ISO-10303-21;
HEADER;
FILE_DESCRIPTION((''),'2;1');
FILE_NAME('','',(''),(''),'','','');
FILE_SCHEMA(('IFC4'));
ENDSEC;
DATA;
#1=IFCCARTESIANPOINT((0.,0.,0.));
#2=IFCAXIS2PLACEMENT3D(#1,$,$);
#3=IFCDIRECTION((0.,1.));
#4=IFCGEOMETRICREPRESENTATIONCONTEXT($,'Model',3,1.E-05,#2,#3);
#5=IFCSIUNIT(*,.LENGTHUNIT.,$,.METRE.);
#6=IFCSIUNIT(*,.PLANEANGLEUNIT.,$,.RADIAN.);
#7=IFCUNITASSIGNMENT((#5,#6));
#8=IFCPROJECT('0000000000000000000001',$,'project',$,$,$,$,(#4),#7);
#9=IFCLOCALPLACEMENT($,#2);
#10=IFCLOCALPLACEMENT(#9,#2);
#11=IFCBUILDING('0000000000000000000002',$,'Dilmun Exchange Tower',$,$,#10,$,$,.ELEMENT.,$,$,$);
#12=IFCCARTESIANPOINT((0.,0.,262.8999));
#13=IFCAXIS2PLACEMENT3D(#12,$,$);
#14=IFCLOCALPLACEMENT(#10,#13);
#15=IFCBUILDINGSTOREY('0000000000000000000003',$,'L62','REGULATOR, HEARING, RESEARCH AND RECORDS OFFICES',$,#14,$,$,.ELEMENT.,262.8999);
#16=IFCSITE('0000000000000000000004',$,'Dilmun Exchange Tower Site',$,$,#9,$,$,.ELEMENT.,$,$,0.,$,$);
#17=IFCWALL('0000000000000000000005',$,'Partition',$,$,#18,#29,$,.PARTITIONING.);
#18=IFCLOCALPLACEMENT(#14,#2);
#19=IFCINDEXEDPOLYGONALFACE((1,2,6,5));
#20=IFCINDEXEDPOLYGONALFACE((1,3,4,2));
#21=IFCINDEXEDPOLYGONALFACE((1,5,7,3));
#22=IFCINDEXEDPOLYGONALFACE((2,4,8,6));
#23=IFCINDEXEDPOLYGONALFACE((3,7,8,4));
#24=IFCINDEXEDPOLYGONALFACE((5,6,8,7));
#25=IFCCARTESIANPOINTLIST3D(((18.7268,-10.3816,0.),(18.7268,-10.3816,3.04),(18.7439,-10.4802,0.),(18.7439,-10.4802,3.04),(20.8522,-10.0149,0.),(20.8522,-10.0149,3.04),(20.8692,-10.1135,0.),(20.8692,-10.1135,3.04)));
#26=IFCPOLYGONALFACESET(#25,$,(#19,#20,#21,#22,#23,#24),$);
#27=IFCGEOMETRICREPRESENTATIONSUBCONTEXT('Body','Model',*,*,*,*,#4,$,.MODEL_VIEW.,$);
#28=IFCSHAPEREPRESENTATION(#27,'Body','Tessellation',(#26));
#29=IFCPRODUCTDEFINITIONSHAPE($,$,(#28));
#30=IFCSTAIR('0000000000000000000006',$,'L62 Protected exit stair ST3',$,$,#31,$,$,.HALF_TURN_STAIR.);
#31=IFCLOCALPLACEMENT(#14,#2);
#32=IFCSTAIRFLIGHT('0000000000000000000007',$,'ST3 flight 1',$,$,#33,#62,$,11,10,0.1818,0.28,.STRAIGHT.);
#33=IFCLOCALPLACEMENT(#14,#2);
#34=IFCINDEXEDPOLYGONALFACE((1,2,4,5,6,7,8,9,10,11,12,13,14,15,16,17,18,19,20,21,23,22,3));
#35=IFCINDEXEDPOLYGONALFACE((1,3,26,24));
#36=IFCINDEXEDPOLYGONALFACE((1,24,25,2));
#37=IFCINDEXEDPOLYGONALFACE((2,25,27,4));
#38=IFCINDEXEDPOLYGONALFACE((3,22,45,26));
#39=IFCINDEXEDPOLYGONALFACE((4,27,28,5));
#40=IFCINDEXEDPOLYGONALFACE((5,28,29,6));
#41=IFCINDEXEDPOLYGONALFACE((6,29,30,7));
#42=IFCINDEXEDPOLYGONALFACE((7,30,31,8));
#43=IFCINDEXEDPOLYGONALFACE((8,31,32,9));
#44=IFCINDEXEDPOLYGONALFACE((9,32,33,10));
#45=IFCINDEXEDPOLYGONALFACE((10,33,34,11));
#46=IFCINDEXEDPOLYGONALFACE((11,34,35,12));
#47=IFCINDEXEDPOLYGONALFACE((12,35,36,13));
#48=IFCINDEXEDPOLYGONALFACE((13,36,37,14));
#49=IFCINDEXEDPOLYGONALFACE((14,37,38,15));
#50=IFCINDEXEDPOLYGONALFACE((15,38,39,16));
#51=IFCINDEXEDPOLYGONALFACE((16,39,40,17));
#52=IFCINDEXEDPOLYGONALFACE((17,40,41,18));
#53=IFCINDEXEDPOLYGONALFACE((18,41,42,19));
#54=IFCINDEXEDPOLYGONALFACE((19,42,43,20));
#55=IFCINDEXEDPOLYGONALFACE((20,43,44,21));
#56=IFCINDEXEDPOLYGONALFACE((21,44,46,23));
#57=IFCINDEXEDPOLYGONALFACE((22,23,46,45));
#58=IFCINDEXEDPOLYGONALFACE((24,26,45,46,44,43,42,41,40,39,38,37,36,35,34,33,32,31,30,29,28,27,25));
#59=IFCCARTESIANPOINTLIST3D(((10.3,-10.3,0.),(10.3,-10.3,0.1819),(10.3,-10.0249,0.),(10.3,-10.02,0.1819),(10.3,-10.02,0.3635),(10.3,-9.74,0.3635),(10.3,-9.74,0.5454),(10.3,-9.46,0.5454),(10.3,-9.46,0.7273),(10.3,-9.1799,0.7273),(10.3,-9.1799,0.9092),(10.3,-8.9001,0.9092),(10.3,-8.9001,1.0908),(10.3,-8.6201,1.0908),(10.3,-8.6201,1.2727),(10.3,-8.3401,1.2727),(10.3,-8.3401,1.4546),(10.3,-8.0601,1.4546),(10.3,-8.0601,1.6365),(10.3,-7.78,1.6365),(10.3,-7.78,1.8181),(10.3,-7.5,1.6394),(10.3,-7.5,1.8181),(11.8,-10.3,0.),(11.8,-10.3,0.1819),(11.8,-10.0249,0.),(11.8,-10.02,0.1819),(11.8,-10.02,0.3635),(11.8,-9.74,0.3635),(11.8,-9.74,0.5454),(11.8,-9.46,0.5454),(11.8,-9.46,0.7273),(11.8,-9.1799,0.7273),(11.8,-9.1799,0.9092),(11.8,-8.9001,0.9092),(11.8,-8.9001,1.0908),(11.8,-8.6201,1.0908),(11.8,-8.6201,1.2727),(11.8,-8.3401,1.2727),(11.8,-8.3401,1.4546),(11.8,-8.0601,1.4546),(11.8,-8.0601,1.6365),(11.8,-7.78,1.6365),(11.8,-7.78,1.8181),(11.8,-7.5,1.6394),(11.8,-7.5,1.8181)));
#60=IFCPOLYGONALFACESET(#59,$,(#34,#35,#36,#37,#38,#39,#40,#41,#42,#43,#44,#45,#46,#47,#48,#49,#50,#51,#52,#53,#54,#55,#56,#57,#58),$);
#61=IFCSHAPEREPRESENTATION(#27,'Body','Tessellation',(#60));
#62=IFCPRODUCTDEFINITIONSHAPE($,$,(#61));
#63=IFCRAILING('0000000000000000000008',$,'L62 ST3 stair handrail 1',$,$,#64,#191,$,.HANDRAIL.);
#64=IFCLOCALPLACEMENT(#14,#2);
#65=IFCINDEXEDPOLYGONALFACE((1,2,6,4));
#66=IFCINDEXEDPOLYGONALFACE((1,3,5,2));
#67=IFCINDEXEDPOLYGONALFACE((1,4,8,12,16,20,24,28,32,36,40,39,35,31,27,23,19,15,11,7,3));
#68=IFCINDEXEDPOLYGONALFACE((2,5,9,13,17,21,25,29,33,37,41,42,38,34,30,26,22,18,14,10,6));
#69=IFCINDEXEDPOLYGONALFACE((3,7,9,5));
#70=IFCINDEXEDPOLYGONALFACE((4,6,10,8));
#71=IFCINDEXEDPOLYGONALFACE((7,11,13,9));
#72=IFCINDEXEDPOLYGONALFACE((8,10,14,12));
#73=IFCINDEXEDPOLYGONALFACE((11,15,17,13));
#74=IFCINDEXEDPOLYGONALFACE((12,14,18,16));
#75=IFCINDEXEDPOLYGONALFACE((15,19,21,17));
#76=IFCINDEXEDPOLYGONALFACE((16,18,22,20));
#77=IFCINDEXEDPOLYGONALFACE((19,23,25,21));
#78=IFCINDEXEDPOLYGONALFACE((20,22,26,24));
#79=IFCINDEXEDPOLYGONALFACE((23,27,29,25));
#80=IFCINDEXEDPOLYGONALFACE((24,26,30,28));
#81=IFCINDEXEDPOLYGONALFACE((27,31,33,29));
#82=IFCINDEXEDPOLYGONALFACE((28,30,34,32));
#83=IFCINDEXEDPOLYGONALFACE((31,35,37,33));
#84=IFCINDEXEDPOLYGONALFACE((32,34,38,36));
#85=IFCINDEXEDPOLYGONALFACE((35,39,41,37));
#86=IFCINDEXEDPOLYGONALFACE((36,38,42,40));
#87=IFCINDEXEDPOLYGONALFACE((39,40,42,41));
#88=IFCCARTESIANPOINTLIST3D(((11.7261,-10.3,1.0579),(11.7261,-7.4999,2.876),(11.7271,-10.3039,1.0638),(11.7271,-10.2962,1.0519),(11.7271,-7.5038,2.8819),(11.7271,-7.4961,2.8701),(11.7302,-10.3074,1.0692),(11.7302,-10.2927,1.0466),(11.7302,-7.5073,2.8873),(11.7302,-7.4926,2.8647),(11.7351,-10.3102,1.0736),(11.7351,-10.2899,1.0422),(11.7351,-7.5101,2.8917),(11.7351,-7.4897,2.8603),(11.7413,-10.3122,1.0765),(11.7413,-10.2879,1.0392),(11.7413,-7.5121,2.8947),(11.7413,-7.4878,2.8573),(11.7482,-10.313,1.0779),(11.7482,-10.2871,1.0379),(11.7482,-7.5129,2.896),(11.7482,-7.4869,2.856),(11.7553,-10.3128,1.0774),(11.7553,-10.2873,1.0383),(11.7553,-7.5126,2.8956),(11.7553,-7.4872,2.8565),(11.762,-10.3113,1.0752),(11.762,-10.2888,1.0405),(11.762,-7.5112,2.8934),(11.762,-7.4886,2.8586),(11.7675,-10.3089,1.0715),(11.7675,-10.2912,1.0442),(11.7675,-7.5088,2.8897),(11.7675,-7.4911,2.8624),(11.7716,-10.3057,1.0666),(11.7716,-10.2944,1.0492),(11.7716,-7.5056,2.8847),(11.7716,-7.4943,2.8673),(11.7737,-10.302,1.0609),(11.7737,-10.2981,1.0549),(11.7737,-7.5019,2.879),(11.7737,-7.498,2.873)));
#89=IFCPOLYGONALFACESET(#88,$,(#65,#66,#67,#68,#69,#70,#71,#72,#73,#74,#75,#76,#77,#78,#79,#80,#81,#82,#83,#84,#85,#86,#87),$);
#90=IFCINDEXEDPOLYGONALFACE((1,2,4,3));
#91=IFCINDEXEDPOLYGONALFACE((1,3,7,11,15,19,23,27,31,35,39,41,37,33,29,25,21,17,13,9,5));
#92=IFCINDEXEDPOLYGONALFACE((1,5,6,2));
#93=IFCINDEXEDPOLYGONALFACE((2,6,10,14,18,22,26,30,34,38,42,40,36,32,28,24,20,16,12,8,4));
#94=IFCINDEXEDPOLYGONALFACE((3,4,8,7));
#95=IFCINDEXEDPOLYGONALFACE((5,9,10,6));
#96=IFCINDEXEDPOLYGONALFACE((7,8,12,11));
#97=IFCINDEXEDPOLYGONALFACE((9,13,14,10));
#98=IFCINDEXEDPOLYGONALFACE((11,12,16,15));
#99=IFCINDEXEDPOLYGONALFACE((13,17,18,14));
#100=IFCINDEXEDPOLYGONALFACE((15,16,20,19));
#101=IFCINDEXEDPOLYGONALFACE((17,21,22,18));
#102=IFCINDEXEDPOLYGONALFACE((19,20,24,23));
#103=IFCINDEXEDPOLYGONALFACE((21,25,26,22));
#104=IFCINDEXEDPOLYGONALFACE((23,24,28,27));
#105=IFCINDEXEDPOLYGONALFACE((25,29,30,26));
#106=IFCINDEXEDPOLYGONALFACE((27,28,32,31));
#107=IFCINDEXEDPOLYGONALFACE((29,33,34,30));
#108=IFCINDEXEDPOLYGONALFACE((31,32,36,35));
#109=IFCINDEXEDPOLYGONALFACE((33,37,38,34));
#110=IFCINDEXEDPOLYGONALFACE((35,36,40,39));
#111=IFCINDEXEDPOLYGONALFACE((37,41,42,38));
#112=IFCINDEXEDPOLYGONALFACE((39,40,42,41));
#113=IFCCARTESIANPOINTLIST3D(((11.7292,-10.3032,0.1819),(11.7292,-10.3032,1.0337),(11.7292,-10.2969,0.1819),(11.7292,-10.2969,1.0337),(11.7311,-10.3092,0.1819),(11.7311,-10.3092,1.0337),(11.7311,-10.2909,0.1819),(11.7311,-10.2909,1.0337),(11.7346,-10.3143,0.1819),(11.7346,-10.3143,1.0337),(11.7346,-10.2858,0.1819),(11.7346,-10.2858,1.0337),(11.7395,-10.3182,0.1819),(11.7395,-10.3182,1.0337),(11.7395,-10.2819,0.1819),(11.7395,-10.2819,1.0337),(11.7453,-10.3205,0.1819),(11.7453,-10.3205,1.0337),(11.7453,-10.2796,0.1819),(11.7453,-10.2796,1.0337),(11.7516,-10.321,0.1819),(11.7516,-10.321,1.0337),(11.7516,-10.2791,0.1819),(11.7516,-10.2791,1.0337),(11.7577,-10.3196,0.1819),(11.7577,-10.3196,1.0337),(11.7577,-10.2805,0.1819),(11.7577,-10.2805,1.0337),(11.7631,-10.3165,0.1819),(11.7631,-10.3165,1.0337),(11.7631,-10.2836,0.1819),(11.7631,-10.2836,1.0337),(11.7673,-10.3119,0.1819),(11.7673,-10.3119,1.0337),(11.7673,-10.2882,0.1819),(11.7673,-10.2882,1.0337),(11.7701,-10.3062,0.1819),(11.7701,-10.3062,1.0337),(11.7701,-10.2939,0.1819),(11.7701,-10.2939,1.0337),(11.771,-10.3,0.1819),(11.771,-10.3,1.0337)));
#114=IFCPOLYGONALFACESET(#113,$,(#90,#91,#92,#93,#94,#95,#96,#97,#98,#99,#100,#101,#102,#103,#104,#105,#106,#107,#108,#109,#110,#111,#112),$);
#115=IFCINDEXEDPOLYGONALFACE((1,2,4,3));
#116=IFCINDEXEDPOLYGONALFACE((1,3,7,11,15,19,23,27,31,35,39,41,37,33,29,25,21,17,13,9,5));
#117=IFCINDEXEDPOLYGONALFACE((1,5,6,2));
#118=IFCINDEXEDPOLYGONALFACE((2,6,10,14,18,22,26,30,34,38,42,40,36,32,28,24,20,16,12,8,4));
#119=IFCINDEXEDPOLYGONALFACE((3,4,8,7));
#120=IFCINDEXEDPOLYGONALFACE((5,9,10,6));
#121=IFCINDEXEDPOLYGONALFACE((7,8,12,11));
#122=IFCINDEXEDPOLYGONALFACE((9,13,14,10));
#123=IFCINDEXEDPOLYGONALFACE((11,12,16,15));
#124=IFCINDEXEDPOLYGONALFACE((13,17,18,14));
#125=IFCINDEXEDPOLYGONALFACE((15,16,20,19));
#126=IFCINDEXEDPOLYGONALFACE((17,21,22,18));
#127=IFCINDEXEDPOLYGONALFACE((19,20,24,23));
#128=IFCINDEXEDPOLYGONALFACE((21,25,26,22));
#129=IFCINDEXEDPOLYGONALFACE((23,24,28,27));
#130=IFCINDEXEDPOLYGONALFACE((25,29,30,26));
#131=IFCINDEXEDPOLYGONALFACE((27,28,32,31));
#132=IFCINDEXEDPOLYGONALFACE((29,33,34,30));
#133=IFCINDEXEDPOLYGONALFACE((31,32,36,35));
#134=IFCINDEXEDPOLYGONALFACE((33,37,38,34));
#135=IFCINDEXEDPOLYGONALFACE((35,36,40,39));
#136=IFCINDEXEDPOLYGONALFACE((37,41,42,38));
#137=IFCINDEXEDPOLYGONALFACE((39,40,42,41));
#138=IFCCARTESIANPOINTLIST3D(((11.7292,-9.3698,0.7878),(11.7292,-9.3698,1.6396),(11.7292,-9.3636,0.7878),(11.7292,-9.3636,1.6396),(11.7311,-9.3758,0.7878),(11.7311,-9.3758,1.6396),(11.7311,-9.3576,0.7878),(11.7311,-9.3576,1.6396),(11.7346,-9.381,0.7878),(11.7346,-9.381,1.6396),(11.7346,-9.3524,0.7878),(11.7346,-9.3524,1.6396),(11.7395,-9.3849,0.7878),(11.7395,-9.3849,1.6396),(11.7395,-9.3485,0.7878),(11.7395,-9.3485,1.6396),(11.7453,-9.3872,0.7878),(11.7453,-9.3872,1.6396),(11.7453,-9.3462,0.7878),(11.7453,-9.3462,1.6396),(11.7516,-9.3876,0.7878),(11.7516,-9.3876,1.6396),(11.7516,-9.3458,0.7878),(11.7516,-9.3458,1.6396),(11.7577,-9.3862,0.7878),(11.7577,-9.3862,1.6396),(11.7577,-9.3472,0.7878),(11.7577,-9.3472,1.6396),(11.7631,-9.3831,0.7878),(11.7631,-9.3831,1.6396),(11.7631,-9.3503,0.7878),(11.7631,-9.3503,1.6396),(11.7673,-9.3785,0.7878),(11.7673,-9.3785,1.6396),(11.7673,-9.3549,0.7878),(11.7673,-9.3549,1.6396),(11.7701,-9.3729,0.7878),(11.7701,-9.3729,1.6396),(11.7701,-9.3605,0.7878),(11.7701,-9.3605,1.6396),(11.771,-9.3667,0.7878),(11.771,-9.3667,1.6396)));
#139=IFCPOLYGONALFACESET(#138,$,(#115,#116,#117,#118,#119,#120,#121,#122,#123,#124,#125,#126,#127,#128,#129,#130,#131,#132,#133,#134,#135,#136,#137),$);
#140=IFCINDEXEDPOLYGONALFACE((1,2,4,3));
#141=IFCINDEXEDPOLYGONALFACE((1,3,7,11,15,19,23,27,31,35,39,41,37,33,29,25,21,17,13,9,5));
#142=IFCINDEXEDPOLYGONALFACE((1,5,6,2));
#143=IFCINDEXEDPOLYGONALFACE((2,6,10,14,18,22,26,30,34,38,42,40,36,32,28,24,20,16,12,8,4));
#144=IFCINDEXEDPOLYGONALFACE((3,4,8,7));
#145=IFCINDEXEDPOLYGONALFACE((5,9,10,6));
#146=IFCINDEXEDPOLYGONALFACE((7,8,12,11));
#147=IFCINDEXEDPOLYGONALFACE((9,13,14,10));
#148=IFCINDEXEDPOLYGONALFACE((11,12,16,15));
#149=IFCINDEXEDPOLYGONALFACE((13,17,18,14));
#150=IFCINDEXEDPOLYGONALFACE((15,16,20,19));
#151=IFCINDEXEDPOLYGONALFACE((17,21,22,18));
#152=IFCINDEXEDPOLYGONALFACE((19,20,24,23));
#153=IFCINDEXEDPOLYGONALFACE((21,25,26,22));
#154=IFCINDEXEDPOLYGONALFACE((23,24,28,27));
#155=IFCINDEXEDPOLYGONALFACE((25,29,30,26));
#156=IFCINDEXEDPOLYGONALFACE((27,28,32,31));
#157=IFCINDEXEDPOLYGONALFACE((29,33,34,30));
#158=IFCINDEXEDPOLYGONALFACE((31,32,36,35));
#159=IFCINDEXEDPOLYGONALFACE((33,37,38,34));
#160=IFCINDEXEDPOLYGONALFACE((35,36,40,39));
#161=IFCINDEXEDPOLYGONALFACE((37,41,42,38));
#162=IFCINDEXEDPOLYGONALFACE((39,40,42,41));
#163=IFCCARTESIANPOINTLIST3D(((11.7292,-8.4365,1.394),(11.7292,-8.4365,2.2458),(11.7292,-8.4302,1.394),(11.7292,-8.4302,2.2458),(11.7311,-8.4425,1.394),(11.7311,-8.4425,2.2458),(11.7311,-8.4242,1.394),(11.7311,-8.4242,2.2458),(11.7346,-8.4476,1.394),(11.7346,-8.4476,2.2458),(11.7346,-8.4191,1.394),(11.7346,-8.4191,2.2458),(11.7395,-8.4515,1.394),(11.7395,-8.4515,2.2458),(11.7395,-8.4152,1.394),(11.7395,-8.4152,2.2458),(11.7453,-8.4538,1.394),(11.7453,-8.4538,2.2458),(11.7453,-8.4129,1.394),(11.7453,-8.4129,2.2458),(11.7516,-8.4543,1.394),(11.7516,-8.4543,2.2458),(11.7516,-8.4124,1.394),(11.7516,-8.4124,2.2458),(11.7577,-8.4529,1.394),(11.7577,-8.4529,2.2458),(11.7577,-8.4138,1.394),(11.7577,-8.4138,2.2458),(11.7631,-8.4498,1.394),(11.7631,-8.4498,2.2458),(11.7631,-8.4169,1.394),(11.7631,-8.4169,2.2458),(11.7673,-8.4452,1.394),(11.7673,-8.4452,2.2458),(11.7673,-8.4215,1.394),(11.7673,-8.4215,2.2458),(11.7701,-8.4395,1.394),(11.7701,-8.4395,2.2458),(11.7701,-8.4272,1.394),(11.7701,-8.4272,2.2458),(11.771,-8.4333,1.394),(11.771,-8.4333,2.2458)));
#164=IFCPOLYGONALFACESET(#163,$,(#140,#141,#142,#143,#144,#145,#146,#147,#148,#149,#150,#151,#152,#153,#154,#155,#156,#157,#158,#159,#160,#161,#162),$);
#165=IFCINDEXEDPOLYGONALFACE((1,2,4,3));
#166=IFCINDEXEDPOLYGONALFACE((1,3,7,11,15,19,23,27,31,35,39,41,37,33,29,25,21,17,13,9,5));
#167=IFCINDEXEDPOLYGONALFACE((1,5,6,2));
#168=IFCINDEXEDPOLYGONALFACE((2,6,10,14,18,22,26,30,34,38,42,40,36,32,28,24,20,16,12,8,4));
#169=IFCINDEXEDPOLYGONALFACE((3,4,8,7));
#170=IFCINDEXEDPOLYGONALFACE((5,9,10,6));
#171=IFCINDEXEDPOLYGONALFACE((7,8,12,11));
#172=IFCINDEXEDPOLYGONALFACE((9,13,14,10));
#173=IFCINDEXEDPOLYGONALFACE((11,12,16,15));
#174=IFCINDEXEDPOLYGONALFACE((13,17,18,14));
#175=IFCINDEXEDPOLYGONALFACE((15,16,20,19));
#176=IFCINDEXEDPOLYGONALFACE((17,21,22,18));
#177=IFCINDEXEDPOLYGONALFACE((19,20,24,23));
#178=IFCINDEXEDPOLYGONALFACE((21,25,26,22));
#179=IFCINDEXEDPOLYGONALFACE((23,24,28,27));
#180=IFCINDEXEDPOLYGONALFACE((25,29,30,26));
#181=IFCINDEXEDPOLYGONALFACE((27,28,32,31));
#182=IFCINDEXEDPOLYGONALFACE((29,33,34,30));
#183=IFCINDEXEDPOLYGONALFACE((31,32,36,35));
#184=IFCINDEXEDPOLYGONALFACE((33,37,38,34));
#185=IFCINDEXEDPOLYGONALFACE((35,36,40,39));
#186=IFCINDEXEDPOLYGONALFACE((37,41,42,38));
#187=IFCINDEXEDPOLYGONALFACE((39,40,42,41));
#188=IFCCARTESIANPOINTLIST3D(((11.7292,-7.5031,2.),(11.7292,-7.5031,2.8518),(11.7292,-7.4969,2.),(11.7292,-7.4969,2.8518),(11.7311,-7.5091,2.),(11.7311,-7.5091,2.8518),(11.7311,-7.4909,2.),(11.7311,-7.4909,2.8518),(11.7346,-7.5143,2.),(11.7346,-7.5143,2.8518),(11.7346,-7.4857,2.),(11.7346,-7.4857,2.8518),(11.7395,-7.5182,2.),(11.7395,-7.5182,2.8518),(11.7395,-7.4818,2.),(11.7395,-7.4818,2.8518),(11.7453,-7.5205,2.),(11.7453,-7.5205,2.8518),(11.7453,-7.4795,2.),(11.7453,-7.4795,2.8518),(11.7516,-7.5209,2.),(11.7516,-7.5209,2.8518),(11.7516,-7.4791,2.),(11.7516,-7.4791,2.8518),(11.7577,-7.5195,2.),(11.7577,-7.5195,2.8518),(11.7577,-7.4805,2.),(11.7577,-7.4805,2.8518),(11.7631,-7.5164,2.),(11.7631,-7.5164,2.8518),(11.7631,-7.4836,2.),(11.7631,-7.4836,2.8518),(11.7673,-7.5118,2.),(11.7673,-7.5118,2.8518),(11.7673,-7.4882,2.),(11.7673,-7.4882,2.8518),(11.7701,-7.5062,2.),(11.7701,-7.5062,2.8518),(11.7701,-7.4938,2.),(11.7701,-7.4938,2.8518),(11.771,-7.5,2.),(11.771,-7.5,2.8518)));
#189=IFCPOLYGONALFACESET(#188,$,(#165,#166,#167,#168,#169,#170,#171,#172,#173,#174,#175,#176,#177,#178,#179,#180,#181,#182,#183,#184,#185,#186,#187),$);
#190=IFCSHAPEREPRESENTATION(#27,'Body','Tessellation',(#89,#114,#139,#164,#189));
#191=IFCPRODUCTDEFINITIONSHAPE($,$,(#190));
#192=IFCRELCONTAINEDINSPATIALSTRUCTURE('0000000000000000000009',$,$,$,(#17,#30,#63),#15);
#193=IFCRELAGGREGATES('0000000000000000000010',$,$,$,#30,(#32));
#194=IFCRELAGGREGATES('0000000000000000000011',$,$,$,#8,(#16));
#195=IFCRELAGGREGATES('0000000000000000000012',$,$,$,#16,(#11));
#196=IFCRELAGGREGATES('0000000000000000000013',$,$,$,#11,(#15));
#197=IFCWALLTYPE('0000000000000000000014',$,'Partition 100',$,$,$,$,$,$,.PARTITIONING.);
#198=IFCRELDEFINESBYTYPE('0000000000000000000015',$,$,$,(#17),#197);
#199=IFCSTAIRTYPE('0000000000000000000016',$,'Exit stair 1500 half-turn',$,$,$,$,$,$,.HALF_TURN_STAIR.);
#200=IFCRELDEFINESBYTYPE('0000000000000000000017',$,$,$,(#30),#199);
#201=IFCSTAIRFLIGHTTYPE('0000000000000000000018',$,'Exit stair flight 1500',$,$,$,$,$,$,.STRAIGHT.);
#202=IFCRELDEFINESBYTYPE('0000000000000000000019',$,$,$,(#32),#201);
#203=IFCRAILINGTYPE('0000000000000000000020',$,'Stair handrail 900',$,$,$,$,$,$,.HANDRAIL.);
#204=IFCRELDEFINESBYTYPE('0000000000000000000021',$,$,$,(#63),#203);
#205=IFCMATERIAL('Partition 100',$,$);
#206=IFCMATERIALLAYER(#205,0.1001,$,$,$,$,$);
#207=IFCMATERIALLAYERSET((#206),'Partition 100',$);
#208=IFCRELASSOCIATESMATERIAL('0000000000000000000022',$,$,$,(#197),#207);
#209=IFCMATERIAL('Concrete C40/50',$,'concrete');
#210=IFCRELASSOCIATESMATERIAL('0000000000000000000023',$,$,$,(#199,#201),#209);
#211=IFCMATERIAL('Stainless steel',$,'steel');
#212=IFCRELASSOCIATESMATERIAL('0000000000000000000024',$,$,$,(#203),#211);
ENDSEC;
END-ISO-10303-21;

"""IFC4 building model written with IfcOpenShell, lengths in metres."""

from ifc_helpers import new_model, si_unit, direction, frame, frame_2d, origin, origin_2d, place, context, subcontext, project, spatial, polyline, rectangle, circle, outline, extrude, material, layer, layer_set, type_object, element, aggregate, save


model = new_model("IFC4")

# Units and contexts
model_context = context("Model", 3, precision=1e-05, world=origin(), true_north=direction((0.0, 1.0)))
body_context = subcontext(model_context, "Body", "Model", "MODEL_VIEW")
ifc_project = project(units=[si_unit("LENGTHUNIT", "METRE"), si_unit("PLANEANGLEUNIT", "RADIAN")], contexts=[model_context])

# Site, building, storey
site_placement = place(None, origin())
site = spatial("IfcSite", under=ifc_project, at=site_placement, Name="Dilmun Exchange Tower Site", CompositionType="ELEMENT", RefElevation=0.0)
building_placement = place(site_placement, origin())
building = spatial("IfcBuilding", under=site, at=building_placement, Name="Dilmun Exchange Tower", CompositionType="ELEMENT")
storey_placement = place(building_placement, frame((0.0, 0.0, 262.8999)))
storey = spatial("IfcBuildingStorey", under=building, at=storey_placement, Name="L62", Description="REGULATOR, HEARING, RESEARCH AND RECORDS OFFICES", CompositionType="ELEMENT", Elevation=262.8999)

# Shared definitions
ifc_material_1 = material(Name="Concrete C40/50", Category="concrete")

# Wall
ifc_material_2 = material(Name="Partition 100")
ifc_layer_1 = layer(ifc_material_2, 0.1001)
ifc_layer_set_1 = layer_set([ifc_layer_1], Name="Partition 100")
wall_type_1 = type_object("IfcWallType", Name="Partition 100", PredefinedType="PARTITIONING", material=ifc_layer_set_1)
wall_1_placement = place(storey_placement, frame((18.7354, -10.4309, 0.0), z_axis=(0.0, 0.0, 1.0), x_axis=(0.985439, 0.170032, 0.0)))
element("IfcWall", 1, at=wall_1_placement, inside=storey, type_object=wall_type_1, Name="Partition", PredefinedType="PARTITIONING", context=body_context, shape_type="SweptSolid", body=[
    extrude(rectangle(XDim=2.1567, YDim=0.1001, at=frame_2d((1.0784, 0.0))), origin(), (0.0, 0.0, 1.0), 3.04),
])

# Stair, stair flight
stair_type = type_object("IfcStairType", Name="Exit stair 1500 half-turn", PredefinedType="HALF_TURN_STAIR", material=ifc_material_1)
stair_placement = place(storey_placement, origin())
stair = element("IfcStair", 2, at=stair_placement, inside=storey, type_object=stair_type, Name="L62 Protected exit stair ST3", PredefinedType="HALF_TURN_STAIR")
stair_flight_type = type_object("IfcStairFlightType", Name="Exit stair flight 1500", PredefinedType="STRAIGHT", material=ifc_material_1)
stair_flight_placement = place(storey_placement, frame((11.05, -10.3, 0.0), z_axis=(0.0, 0.0, 1.0), x_axis=(0.0, 1.0, 0.0)))
stair_flight = element("IfcStairFlight", 3, at=stair_flight_placement, type_object=stair_flight_type, Name="ST3 flight 1", NumberOfRisers=11, NumberOfTreads=10, PredefinedType="STRAIGHT", RiserHeight=0.1818, TreadLength=0.28, context=body_context, shape_type="SweptSolid", body=[
    extrude(outline(polyline([(0.0, 0.0), (0.0, 0.1819), (0.28, 0.1819), (0.28, 0.3635), (0.5601, 0.3635), (0.5601, 0.5454), (0.8401, 0.5454), (0.8401, 0.7273), (1.1201, 0.7273), (1.1201, 0.9092), (1.3999, 0.9092), (1.3999, 1.0908), (1.6799, 1.0908), (1.6799, 1.2727), (1.96, 1.2727), (1.96, 1.4546), (2.24, 1.4546), (2.24, 1.6365), (2.52, 1.6365), (2.52, 1.8181), (2.8, 1.8181), (2.8, 2.0), (2.8, 1.6394), (0.2751, 0.0), (0.0, 0.0)])), frame((0.0, 0.75, 0.0), z_axis=(0.0, -1.0, 0.0), x_axis=(1.0, 0.0, 0.0)), (0.0, 0.0, 1.0), 1.5),
])
aggregate(stair, [stair_flight])

# Railing
ifc_material_3 = material(Name="Stainless steel", Category="steel")
railing_type = type_object("IfcRailingType", Name="Stair handrail 900", PredefinedType="HANDRAIL", material=ifc_material_3)
railing_1_placement = place(storey_placement, frame((11.75, -10.3, 0.1819)))
element("IfcRailing", 4, at=railing_1_placement, inside=storey, type_object=railing_type, Name="L62 ST3 stair handrail 1", PredefinedType="HANDRAIL", context=body_context, shape_type="SweptSolid", body=[
    extrude(circle(Radius=0.0239, at=origin_2d()), frame((0.0, 0.0, 0.876), z_axis=(0.0, 0.838706, 0.544585), x_axis=(-1.0, 0.0, 0.0)), (0.0, 0.0, 1.0), 3.3386),
    extrude(circle(Radius=0.021, at=origin_2d()), origin(), (0.0, 0.0, 1.0), 0.8518),
    extrude(circle(Radius=0.021, at=origin_2d()), frame((0.0, 0.9333, 0.606)), (0.0, 0.0, 1.0), 0.8518),
    extrude(circle(Radius=0.021, at=origin_2d()), frame((0.0, 1.8667, 1.2122)), (0.0, 0.0, 1.0), 0.8518),
    extrude(circle(Radius=0.021, at=origin_2d()), frame((0.0, 2.8, 1.8181)), (0.0, 0.0, 1.0), 0.8518),
])

save(model, "model.ifc")
